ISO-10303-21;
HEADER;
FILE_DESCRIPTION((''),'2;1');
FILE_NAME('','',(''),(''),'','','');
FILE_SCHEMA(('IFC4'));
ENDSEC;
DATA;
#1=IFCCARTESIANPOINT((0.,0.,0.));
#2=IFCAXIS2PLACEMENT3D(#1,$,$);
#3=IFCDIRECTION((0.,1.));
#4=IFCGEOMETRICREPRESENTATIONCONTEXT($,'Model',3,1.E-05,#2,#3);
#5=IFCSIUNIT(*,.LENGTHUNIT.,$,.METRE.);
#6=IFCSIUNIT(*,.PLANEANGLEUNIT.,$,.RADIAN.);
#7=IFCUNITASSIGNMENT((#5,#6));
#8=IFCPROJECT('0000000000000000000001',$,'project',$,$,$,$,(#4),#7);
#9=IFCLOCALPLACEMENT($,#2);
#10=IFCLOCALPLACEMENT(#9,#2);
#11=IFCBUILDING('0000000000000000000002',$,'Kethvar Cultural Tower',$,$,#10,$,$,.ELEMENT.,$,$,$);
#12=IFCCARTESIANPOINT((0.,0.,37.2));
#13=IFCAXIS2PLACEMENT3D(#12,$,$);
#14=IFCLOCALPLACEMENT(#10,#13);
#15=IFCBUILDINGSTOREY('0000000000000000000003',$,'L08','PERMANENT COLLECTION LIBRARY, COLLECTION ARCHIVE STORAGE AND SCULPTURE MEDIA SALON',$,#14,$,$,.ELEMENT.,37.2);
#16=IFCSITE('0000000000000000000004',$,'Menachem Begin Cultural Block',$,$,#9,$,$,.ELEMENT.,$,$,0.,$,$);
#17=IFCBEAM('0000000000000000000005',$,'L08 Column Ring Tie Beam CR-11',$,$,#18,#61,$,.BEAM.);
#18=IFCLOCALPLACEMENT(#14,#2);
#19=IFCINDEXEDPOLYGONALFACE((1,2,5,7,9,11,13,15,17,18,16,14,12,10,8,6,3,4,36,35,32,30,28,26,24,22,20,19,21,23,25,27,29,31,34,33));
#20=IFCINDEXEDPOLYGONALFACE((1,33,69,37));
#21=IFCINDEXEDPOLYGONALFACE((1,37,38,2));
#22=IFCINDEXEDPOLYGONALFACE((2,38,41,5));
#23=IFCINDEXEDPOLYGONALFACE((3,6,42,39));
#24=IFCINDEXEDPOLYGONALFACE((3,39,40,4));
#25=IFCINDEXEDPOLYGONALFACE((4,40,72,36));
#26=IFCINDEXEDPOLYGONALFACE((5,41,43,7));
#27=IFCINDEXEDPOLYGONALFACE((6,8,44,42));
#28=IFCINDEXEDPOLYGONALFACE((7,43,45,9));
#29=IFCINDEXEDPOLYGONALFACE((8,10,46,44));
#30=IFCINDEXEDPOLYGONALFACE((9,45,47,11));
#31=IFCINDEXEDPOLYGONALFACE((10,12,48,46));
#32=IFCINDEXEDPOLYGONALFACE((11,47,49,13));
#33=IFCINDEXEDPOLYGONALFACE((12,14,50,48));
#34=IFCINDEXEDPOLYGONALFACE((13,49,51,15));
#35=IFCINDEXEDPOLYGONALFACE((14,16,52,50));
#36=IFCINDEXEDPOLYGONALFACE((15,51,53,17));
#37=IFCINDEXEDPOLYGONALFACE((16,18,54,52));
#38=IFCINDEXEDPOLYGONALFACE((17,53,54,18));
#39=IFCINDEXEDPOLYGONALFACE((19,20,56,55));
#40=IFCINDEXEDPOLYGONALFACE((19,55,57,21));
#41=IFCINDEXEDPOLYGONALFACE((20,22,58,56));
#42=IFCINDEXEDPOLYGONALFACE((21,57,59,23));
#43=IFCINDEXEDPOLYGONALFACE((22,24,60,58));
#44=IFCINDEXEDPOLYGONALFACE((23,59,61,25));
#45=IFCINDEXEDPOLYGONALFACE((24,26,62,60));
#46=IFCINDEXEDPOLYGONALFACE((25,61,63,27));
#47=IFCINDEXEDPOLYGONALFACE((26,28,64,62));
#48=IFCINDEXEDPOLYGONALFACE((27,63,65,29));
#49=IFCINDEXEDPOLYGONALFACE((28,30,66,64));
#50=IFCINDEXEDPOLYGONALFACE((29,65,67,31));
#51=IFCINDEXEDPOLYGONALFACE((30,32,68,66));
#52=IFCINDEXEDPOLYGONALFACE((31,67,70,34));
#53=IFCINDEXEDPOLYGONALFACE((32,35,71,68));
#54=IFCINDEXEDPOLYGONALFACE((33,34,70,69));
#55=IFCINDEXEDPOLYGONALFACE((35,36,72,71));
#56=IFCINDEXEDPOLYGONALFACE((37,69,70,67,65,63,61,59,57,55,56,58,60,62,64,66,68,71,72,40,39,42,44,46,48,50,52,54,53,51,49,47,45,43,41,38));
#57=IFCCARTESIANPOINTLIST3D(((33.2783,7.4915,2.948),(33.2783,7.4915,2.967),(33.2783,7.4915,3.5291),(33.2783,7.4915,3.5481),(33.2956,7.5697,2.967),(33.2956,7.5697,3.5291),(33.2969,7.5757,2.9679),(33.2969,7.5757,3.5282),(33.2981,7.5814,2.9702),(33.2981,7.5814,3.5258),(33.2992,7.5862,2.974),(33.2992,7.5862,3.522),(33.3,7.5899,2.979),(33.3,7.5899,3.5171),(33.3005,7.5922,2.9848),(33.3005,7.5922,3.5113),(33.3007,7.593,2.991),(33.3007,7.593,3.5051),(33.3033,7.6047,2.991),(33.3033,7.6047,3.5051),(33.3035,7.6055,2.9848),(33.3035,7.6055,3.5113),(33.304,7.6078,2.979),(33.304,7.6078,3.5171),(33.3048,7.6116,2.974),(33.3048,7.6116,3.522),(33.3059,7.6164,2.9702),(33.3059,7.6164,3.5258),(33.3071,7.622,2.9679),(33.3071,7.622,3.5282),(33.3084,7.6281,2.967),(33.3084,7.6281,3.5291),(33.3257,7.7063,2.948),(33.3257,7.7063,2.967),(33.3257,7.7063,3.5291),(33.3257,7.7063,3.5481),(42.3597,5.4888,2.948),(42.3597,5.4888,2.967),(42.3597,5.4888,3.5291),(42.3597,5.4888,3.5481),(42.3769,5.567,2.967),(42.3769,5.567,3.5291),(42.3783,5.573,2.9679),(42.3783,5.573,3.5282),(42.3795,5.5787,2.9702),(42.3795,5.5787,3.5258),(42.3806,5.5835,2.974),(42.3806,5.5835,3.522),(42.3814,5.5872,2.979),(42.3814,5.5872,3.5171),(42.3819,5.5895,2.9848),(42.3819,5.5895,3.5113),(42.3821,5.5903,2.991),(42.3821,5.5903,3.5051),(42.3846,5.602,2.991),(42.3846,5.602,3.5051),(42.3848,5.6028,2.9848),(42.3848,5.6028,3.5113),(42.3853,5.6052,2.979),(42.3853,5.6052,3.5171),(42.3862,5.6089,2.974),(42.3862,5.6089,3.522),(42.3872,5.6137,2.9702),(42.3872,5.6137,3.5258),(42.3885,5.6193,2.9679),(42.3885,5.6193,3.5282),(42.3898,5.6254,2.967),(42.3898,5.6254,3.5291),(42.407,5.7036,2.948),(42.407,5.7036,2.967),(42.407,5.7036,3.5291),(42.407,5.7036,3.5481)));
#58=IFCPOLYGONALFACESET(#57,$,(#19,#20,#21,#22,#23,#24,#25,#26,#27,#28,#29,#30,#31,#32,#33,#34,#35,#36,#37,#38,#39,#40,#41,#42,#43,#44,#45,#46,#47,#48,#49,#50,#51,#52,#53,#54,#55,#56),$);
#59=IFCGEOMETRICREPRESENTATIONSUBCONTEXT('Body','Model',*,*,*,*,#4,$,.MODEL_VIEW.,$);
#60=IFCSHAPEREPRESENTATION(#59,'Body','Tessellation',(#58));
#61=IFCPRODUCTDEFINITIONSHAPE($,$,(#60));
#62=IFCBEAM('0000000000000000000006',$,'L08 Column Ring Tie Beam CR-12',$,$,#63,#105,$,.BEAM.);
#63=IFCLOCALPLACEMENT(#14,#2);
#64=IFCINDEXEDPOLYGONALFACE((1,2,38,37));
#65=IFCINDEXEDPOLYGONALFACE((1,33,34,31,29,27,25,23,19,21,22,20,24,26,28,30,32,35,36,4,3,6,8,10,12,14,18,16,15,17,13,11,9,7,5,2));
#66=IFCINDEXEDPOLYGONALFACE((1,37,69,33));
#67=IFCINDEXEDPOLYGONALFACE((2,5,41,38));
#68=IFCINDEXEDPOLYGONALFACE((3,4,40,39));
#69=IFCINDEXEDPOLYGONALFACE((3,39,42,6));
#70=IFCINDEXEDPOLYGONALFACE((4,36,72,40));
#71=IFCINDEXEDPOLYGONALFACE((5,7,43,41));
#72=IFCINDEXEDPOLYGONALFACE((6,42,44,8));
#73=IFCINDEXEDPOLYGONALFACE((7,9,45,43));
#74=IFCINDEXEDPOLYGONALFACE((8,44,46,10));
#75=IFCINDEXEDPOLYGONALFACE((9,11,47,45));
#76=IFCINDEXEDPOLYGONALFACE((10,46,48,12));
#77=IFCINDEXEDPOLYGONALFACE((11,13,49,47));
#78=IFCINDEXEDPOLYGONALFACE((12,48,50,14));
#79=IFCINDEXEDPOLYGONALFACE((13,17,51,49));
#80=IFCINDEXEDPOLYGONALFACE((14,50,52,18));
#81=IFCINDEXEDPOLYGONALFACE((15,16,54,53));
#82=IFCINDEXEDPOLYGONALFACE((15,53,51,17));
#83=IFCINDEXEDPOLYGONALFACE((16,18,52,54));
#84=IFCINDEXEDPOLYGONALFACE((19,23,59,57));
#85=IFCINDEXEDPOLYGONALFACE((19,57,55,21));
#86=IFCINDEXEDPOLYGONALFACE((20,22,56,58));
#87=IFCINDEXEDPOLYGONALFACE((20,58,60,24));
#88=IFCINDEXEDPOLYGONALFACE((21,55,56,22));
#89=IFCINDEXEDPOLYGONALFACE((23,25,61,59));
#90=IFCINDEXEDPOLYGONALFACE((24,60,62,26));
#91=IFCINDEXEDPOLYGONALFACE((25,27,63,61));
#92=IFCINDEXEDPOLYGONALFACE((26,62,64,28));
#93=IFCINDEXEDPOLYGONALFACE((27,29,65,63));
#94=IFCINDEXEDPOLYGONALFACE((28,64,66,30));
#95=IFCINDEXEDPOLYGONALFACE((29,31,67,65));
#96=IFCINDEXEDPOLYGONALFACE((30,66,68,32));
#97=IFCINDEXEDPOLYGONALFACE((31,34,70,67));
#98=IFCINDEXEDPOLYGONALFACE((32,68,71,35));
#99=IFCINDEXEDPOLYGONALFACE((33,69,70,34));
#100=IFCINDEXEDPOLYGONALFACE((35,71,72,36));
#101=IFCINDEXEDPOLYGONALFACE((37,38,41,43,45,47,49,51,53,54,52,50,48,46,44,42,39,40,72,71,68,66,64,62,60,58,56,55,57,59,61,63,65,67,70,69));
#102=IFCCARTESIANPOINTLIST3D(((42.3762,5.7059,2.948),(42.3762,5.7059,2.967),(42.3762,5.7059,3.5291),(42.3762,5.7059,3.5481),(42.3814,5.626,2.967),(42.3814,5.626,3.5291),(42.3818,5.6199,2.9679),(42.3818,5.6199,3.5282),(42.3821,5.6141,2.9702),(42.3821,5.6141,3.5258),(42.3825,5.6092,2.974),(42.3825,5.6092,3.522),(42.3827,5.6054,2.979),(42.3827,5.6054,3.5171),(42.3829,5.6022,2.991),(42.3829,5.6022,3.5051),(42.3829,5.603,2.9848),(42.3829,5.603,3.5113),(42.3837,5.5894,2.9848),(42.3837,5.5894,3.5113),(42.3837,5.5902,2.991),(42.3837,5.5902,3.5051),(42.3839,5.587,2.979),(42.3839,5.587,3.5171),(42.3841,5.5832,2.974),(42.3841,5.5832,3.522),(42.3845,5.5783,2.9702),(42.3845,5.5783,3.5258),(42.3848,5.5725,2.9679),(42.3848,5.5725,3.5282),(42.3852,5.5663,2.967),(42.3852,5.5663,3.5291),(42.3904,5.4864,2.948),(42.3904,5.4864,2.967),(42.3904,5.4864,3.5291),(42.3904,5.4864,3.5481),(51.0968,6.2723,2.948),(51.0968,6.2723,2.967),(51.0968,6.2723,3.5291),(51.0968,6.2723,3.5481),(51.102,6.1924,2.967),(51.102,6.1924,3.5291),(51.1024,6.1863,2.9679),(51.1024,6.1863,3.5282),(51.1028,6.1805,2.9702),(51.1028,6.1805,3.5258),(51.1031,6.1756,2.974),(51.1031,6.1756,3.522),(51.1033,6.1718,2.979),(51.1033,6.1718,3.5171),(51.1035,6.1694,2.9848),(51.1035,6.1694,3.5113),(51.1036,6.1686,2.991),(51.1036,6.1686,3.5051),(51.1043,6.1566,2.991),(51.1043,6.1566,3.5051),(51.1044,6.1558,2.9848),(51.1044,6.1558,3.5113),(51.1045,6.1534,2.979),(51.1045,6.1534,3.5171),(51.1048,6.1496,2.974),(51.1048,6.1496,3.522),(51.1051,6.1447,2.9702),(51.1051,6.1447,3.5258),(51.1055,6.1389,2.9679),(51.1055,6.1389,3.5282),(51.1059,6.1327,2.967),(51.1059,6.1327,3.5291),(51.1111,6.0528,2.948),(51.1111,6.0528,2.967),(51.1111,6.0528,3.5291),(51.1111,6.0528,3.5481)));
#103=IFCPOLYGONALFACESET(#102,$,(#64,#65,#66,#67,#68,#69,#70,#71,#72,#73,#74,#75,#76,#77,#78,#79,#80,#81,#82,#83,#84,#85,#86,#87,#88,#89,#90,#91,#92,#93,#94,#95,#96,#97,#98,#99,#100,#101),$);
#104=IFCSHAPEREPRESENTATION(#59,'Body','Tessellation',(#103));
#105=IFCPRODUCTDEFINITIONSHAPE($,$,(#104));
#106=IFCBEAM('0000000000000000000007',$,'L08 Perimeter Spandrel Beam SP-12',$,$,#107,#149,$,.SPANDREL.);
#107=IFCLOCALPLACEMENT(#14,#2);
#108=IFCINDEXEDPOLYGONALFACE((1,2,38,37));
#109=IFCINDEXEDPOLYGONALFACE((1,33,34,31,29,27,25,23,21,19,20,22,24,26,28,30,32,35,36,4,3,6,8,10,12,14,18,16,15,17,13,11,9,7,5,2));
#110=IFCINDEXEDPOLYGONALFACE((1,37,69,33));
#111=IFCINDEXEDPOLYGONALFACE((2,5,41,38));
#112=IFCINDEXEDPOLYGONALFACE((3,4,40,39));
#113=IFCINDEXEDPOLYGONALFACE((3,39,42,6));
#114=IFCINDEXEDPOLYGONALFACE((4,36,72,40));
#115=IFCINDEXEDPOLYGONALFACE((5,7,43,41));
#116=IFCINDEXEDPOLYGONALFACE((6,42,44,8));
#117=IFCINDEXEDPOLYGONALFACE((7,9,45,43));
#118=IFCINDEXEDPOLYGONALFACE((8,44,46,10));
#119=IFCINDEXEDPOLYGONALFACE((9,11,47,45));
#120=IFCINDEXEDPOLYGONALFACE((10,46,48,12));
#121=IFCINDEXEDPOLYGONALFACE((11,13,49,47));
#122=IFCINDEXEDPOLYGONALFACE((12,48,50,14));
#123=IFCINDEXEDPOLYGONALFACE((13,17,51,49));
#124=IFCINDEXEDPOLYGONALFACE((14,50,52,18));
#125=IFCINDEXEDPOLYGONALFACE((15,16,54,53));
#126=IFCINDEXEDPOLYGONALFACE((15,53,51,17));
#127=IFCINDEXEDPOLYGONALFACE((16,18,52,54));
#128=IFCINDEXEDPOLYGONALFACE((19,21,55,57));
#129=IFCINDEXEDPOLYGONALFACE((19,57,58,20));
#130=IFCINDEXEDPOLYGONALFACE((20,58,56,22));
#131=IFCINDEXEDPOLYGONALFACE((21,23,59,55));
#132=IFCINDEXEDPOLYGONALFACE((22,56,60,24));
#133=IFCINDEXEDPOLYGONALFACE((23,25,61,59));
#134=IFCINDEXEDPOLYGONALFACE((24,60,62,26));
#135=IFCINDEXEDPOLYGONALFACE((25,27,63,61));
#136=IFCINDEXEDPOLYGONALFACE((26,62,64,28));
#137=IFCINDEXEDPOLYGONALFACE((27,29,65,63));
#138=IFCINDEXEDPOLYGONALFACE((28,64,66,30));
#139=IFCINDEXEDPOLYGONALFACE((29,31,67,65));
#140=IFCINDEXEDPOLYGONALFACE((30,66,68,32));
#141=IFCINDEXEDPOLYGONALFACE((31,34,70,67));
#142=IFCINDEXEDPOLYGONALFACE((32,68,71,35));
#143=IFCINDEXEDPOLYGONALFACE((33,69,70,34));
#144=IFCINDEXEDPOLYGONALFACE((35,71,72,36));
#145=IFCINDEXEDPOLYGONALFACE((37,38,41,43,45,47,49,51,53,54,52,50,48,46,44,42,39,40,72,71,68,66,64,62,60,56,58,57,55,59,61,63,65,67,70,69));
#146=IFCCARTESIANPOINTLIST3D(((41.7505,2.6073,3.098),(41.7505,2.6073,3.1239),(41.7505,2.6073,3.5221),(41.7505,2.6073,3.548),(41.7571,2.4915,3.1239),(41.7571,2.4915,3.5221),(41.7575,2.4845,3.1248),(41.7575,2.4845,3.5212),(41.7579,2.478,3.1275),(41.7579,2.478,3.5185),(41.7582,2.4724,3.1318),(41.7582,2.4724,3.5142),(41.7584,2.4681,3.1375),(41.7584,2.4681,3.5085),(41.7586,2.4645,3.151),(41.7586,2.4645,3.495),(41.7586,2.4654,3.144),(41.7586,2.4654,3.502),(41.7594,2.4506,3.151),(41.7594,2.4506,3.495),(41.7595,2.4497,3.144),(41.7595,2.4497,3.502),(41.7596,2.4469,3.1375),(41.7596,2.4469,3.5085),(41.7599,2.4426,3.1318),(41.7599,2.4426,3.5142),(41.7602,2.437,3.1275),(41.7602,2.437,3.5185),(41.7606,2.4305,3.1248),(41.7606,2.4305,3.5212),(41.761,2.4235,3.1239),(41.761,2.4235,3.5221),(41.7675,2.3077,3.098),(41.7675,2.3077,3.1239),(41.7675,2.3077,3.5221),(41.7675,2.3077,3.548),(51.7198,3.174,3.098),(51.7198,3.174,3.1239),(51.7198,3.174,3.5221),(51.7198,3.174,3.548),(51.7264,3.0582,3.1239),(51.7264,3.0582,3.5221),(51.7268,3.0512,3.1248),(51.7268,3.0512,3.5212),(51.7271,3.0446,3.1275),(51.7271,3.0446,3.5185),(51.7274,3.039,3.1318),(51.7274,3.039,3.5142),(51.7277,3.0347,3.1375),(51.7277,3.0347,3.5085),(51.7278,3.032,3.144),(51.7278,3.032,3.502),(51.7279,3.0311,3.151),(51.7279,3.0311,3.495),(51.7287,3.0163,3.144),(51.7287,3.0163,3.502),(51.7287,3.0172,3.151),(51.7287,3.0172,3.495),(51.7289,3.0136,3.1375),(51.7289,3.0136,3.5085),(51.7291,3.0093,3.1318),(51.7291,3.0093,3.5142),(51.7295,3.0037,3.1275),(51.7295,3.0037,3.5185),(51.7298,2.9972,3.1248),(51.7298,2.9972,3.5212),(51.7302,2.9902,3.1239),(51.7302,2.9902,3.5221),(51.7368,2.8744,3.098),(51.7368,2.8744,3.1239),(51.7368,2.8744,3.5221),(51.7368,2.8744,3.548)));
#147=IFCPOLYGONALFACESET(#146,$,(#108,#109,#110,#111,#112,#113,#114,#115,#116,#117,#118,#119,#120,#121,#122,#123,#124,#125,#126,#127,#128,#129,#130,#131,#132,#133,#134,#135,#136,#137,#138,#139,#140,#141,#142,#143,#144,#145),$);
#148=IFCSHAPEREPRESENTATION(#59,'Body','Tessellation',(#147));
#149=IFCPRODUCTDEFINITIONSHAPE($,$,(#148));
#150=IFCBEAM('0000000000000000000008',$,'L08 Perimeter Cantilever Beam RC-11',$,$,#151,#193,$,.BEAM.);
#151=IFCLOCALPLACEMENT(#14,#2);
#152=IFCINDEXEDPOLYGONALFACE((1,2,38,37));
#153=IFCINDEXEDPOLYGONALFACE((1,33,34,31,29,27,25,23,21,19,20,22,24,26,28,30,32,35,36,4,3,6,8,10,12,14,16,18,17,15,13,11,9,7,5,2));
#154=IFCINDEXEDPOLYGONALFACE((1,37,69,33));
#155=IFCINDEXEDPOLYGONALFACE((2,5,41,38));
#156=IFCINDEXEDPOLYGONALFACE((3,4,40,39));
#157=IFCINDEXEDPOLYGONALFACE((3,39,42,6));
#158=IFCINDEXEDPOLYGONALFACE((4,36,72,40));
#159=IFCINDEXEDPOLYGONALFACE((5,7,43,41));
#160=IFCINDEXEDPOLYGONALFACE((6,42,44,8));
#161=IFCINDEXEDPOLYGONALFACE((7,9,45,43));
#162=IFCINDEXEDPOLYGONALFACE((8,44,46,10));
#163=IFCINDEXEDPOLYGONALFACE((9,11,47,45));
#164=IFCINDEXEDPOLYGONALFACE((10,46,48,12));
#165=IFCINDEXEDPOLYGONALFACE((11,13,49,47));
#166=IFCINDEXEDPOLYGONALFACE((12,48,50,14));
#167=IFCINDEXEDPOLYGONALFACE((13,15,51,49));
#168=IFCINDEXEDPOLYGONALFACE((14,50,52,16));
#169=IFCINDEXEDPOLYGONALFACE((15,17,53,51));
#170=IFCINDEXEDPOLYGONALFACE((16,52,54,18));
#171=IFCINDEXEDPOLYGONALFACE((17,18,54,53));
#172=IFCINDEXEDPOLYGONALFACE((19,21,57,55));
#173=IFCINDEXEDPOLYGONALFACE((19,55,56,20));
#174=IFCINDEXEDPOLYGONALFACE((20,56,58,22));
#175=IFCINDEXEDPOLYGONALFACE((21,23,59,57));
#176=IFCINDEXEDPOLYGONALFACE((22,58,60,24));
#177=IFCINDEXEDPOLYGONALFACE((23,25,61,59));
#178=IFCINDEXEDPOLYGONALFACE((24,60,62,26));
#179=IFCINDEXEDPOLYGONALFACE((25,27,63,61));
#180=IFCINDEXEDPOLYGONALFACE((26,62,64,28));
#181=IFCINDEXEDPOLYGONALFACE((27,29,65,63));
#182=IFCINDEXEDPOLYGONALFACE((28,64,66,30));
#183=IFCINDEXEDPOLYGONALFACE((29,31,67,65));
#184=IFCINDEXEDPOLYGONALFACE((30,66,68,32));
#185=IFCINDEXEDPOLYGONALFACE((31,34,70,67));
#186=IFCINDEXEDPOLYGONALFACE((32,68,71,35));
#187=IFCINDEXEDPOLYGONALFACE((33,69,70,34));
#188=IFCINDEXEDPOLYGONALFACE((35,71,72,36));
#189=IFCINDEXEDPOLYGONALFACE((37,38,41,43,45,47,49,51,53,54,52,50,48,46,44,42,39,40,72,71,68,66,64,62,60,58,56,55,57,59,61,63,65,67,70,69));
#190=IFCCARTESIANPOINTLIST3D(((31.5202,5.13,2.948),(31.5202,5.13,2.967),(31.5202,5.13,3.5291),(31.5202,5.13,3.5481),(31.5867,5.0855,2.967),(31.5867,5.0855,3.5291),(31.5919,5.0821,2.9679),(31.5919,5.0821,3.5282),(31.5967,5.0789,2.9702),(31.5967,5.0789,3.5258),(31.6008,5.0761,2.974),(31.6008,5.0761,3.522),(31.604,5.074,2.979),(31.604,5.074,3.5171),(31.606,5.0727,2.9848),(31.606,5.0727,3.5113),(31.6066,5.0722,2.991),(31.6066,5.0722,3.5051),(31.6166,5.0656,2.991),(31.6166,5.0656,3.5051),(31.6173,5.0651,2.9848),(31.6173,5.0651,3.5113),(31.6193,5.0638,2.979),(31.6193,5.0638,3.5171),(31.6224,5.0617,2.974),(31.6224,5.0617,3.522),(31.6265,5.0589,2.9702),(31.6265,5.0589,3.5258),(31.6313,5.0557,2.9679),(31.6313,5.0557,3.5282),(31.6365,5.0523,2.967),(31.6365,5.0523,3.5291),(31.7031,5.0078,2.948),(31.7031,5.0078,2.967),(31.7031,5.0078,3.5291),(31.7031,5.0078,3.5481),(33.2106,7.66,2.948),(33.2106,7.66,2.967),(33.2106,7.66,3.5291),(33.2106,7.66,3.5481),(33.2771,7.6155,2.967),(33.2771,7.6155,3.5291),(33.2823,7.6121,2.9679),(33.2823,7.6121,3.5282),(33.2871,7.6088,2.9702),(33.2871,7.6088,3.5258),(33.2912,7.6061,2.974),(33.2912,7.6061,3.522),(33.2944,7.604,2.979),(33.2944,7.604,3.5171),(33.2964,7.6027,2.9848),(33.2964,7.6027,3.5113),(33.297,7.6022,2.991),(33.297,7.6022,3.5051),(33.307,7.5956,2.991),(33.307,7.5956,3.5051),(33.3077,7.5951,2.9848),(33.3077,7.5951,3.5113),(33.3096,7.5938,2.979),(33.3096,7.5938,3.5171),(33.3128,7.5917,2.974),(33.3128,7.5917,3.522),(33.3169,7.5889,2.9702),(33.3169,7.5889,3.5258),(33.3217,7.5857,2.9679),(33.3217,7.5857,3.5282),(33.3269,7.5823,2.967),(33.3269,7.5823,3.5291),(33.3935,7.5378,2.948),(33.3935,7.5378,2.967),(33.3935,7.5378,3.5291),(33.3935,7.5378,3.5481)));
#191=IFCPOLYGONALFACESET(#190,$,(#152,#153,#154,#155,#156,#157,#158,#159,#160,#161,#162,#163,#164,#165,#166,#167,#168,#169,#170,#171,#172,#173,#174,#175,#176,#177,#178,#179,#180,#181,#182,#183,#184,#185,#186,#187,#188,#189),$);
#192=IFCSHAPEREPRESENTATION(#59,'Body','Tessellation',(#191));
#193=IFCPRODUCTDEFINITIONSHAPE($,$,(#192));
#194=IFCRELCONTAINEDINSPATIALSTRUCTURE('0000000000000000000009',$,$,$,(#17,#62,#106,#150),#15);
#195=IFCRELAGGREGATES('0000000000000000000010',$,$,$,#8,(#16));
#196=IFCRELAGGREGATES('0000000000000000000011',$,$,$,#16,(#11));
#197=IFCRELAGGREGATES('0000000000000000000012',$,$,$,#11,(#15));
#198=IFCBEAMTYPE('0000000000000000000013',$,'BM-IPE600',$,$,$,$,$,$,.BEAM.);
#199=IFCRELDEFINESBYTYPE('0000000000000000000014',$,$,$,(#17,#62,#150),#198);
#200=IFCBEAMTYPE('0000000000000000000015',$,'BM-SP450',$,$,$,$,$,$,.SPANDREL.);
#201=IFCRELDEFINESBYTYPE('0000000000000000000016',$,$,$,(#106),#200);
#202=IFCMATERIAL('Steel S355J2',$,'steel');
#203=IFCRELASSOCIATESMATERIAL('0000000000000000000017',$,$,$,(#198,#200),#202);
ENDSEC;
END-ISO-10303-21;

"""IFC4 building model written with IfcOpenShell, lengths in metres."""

from ifc_helpers import new_model, si_unit, direction, frame, origin, origin_2d, place, context, subcontext, project, spatial, i_section, extrude, source, transform, mapped, material, material_profile, profile_set, type_object, element, save


model = new_model("IFC4")

# Units and contexts
model_context = context("Model", 3, precision=1e-05, world=origin(), true_north=direction((0.0, 1.0)))
body_context = subcontext(model_context, "Body", "Model", "MODEL_VIEW")
ifc_project = project(units=[si_unit("LENGTHUNIT", "METRE"), si_unit("PLANEANGLEUNIT", "RADIAN")], contexts=[model_context])

# Site, building, storey
site_placement = place(None, origin())
site = spatial("IfcSite", under=ifc_project, at=site_placement, Name="Menachem Begin Cultural Block", CompositionType="ELEMENT", RefElevation=0.0)
building_placement = place(site_placement, origin())
building = spatial("IfcBuilding", under=site, at=building_placement, Name="Kethvar Cultural Tower", CompositionType="ELEMENT")
storey_placement = place(building_placement, frame((0.0, 0.0, 37.2)))
storey = spatial("IfcBuildingStorey", under=building, at=storey_placement, Name="L08", Description="PERMANENT COLLECTION LIBRARY, COLLECTION ARCHIVE STORAGE AND SCULPTURE MEDIA SALON", CompositionType="ELEMENT", Elevation=37.2)

# Beams
ifc_material_1 = material(Name="Steel S355J2", Category="steel")
ifc_material_profile_1 = material_profile(ifc_material_1, i_section(OverallWidth=0.22, OverallDepth=0.6001, WebThickness=0.012, FlangeThickness=0.019, FilletRadius=0.0239, at=origin_2d()), Name="Steel S355J2 — IPE600")
ifc_profile_set_1 = profile_set([ifc_material_profile_1], Name="Steel S355J2 — IPE600")
beam_type_1 = type_object("IfcBeamType", Name="BM-IPE600", PredefinedType="BEAM", material=ifc_profile_set_1)
shared_shape_1 = source(origin(), body_context, "Body", "SweptSolid", [
    extrude(i_section(OverallWidth=0.22, OverallDepth=0.6001, WebThickness=0.012, FlangeThickness=0.019, FilletRadius=0.0239, at=origin_2d()), origin(), (0.0, 0.0, 1.0), 9.2996),
])
beam_1_placement = place(storey_placement, frame((33.302, 7.5989, 3.248), z_axis=(0.976536, -0.215354, 0.0), x_axis=(0.215354, 0.976536, 0.0)))
element("IfcBeam", 1, at=beam_1_placement, inside=storey, type_object=beam_type_1, Name="L08 Column Ring Tie Beam CR-11", PredefinedType="BEAM", context=body_context, shape_type="MappedRepresentation", body=[
    mapped(shared_shape_1, transform((0.0, 0.0, 0.0), scale=1.0)),
])
shared_shape_2 = source(origin(), body_context, "Body", "SweptSolid", [
    extrude(i_section(OverallWidth=0.22, OverallDepth=0.6001, WebThickness=0.012, FlangeThickness=0.019, FilletRadius=0.0239, at=origin_2d()), origin(), (0.0, 0.0, 1.0), 8.739),
])
beam_2_placement = place(storey_placement, frame((42.3833, 5.5962, 3.248), z_axis=(0.997897, 0.064813, 0.0), x_axis=(-0.064813, 0.997897, 0.0)))
element("IfcBeam", 2, at=beam_2_placement, inside=storey, type_object=beam_type_1, Name="L08 Column Ring Tie Beam CR-12", PredefinedType="BEAM", context=body_context, shape_type="MappedRepresentation", body=[
    mapped(shared_shape_2, transform((0.0, 0.0, 0.0), scale=1.0)),
])
ifc_material_profile_2 = material_profile(ifc_material_1, i_section(OverallWidth=0.3, OverallDepth=0.45, WebThickness=0.0139, FlangeThickness=0.0259, FilletRadius=0.0271, at=origin_2d()), Name="Steel S355J2 — HEB450")
ifc_profile_set_2 = profile_set([ifc_material_profile_2], Name="Steel S355J2 — HEB450")
beam_type_2 = type_object("IfcBeamType", Name="BM-SP450", PredefinedType="SPANDREL", material=ifc_profile_set_2)
shared_shape_3 = source(origin(), body_context, "Body", "SweptSolid", [
    extrude(i_section(OverallWidth=0.3, OverallDepth=0.45, WebThickness=0.0139, FlangeThickness=0.0259, FilletRadius=0.0271, at=origin_2d()), origin(), (0.0, 0.0, 1.0), 9.9854),
])
beam_3_placement = place(storey_placement, frame((41.759, 2.4575, 3.323), z_axis=(0.998389, 0.056748, 0.0), x_axis=(-0.056748, 0.998389, 0.0)))
element("IfcBeam", 3, at=beam_3_placement, inside=storey, type_object=beam_type_2, Name="L08 Perimeter Spandrel Beam SP-12", PredefinedType="SPANDREL", context=body_context, shape_type="MappedRepresentation", body=[
    mapped(shared_shape_3, transform((0.0, 0.0, 0.0), scale=1.0)),
])
shared_shape_4 = source(origin(), body_context, "Body", "SweptSolid", [
    extrude(i_section(OverallWidth=0.22, OverallDepth=0.6001, WebThickness=0.012, FlangeThickness=0.019, FilletRadius=0.0239, at=origin_2d()), origin(), (0.0, 0.0, 1.0), 3.0427),
])
beam_4_placement = place(storey_placement, frame((33.302, 7.5989, 3.248), z_axis=(-0.555552, -0.831482, 0.0), x_axis=(0.831482, -0.555552, 0.0)))
element("IfcBeam", 4, at=beam_4_placement, inside=storey, type_object=beam_type_1, Name="L08 Perimeter Cantilever Beam RC-11", PredefinedType="BEAM", context=body_context, shape_type="MappedRepresentation", body=[
    mapped(shared_shape_4, transform((0.0, 0.0, 0.0), scale=1.0)),
])

save(model, "model.ifc")
